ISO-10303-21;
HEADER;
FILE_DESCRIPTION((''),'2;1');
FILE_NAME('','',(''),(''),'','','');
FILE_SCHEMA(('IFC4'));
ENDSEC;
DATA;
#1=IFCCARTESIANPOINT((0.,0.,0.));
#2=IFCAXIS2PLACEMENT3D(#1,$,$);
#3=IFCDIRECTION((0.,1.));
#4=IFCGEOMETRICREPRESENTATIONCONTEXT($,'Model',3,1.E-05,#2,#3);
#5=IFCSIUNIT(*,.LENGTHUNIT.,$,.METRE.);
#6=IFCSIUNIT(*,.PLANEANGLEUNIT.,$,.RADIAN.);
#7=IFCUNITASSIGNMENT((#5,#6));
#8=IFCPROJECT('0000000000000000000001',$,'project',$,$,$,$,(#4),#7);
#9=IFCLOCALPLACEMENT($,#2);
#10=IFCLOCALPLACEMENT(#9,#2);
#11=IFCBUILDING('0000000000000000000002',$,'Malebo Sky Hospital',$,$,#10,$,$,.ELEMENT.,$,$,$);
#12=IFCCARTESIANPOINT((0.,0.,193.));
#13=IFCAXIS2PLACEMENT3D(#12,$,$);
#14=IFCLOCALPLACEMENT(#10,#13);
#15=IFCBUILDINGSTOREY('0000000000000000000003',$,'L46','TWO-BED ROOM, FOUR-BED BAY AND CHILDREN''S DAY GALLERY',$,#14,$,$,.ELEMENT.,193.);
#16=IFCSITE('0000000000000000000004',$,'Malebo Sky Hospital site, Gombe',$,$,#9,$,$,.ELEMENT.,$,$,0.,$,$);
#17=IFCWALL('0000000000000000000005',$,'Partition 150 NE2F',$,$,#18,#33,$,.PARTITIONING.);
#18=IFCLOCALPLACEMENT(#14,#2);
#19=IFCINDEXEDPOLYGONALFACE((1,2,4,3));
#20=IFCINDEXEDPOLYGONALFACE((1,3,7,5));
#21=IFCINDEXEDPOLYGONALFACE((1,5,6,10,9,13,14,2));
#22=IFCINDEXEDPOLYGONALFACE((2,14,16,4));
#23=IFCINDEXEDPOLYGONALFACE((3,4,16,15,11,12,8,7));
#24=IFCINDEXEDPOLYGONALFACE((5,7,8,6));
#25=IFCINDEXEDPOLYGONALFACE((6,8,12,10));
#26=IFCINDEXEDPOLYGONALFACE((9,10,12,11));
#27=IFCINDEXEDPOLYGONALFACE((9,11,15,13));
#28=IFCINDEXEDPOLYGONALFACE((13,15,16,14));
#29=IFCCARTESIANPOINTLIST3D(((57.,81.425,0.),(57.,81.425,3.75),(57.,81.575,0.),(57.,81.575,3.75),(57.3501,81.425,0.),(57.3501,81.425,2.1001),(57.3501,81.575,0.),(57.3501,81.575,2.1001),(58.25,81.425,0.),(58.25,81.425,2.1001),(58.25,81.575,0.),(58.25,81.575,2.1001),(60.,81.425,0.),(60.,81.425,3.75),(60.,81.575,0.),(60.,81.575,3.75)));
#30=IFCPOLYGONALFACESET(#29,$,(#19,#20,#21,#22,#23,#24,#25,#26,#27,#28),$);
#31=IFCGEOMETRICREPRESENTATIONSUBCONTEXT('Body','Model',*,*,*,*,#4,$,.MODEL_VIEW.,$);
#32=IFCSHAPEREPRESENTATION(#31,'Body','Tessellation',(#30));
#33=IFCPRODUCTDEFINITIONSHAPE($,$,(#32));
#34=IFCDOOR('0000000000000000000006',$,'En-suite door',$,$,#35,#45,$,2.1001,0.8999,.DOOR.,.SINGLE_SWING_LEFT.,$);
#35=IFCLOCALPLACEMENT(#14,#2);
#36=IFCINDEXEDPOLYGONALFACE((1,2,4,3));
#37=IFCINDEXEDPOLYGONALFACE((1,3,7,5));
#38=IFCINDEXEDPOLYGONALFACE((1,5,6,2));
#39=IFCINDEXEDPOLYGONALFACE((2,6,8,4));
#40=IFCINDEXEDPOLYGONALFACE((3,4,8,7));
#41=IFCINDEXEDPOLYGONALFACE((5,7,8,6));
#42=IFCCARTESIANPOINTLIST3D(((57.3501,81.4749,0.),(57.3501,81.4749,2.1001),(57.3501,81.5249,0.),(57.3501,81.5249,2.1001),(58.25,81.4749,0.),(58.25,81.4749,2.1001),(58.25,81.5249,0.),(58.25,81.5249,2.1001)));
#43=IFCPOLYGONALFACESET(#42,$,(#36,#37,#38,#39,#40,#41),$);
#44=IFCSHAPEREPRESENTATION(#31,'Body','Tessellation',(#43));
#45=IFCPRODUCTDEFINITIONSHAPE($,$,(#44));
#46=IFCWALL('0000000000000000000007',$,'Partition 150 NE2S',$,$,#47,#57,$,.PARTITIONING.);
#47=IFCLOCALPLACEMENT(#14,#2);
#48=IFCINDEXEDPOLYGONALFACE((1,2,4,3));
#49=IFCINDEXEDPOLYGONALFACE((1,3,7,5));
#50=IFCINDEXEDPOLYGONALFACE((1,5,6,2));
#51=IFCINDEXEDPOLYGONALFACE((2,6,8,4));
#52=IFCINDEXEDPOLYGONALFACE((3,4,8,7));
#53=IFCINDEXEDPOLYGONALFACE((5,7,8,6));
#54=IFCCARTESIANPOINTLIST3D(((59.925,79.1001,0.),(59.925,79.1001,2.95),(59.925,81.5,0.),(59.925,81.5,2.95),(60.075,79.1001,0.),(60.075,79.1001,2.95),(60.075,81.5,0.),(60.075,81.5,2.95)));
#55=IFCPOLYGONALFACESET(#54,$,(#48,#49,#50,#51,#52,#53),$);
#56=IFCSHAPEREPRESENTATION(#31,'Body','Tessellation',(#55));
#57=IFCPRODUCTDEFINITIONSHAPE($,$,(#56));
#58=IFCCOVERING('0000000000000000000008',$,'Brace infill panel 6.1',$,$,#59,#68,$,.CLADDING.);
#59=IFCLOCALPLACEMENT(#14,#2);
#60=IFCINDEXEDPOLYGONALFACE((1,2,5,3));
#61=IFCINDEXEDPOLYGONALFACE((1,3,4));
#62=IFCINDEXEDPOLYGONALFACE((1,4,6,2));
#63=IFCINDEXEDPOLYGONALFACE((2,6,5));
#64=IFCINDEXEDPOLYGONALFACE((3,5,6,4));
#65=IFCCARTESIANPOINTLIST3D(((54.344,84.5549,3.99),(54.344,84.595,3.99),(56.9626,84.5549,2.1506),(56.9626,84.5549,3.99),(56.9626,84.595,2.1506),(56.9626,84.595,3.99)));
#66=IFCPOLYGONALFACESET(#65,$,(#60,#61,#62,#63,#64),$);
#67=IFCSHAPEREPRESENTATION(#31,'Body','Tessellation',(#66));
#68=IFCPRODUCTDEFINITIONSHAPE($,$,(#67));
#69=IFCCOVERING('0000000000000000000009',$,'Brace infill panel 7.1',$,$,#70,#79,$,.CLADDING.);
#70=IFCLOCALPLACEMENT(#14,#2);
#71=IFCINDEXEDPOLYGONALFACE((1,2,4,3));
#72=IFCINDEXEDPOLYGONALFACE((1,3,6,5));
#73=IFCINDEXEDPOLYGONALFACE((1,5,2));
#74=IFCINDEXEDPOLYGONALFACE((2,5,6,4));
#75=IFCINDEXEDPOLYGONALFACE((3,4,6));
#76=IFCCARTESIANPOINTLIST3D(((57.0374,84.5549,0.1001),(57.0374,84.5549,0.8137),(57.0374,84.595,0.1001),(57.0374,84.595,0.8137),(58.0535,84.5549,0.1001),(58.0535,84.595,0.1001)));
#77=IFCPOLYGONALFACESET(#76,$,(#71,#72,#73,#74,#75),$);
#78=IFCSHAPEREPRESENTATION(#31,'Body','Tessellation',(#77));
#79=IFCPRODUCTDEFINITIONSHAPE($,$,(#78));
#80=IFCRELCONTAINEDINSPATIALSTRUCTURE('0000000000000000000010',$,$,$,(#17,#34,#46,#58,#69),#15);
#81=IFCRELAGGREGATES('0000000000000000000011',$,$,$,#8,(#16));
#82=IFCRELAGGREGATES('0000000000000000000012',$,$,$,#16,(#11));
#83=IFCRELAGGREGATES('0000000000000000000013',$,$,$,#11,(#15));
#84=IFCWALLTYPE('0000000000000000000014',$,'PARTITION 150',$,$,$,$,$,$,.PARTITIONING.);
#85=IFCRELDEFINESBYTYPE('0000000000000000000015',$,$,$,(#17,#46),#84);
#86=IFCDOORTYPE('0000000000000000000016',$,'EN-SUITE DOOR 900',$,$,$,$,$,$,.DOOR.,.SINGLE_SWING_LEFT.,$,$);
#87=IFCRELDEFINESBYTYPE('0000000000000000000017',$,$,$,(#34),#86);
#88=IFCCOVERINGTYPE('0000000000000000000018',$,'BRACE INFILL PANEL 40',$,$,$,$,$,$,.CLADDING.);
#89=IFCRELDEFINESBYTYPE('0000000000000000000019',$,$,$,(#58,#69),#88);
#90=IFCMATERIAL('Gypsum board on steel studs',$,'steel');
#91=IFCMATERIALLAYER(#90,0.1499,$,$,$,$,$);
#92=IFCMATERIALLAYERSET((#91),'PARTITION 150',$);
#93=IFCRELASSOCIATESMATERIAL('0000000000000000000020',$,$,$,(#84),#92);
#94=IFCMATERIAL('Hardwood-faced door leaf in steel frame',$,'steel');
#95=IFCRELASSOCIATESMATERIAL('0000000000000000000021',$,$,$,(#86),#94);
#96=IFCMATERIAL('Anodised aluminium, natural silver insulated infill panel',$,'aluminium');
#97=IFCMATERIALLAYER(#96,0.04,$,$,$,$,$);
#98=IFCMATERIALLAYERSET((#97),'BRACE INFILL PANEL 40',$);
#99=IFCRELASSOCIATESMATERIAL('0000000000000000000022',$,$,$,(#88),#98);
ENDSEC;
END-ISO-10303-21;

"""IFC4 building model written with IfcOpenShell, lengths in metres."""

from ifc_helpers import new_model, si_unit, direction, frame, frame_2d, origin, place, context, subcontext, project, spatial, polyline, rectangle, outline, extrude, material, layer, layer_set, type_object, element, fill, save


model = new_model("IFC4")

# Units and contexts
model_context = context("Model", 3, precision=1e-05, world=origin(), true_north=direction((0.0, 1.0)))
body_context = subcontext(model_context, "Body", "Model", "MODEL_VIEW")
ifc_project = project(units=[si_unit("LENGTHUNIT", "METRE"), si_unit("PLANEANGLEUNIT", "RADIAN")], contexts=[model_context])

# Site, building, storey
site_placement = place(None, origin())
site = spatial("IfcSite", under=ifc_project, at=site_placement, Name="Malebo Sky Hospital site, Gombe", CompositionType="ELEMENT", RefElevation=0.0)
building_placement = place(site_placement, origin())
building = spatial("IfcBuilding", under=site, at=building_placement, Name="Malebo Sky Hospital", CompositionType="ELEMENT")
storey_placement = place(building_placement, frame((0.0, 0.0, 193.0)))
storey = spatial("IfcBuildingStorey", under=building, at=storey_placement, Name="L46", Description="TWO-BED ROOM, FOUR-BED BAY AND CHILDREN'S DAY GALLERY", CompositionType="ELEMENT", Elevation=193.0)

# Shared definitions
ifc_material_1 = material(Name="Gypsum board on steel studs", Category="steel")
ifc_layer_1 = layer(ifc_material_1, 0.1499)
ifc_layer_set_1 = layer_set([ifc_layer_1], Name="PARTITION 150")
wall_type = type_object("IfcWallType", Name="PARTITION 150", PredefinedType="PARTITIONING", material=ifc_layer_set_1)

# Wall, opening, door
wall_1_placement = place(storey_placement, frame((57.0, 81.5, 0.0), z_axis=(0.0, 0.0, 1.0), x_axis=(1.0, 0.0, 0.0)))
wall_1 = element("IfcWall", 1, at=wall_1_placement, inside=storey, type_object=wall_type, Name="Partition 150 NE2F", PredefinedType="PARTITIONING", context=body_context, shape_type="SweptSolid", body=[
    extrude(rectangle(XDim=3.0, YDim=0.1499, at=frame_2d((1.5, 0.0))), origin(), (0.0, 0.0, 1.0), 3.75),
])
opening_placement = place(wall_1_placement, frame((0.3501, 0.0, 0.0)))
opening = element("IfcOpeningElement", 2, at=opening_placement, cuts=wall_1, PredefinedType="OPENING", context=body_context, shape_type="SweptSolid", body=[
    extrude(rectangle(XDim=0.8999, YDim=2.1001, at=frame_2d((0.45, 1.05))), frame((0.0, 0.085, 0.0), z_axis=(0.0, -1.0, 0.0), x_axis=(1.0, 0.0, 0.0)), (0.0, 0.0, 1.0), 0.1699),
])
ifc_material_2 = material(Name="Hardwood-faced door leaf in steel frame", Category="steel")
door_type = type_object("IfcDoorType", Name="EN-SUITE DOOR 900", OperationType="SINGLE_SWING_LEFT", PredefinedType="DOOR", material=ifc_material_2)
door_placement = place(opening_placement, origin())
door = element("IfcDoor", 3, at=door_placement, inside=storey, type_object=door_type, Name="En-suite door", OperationType="SINGLE_SWING_LEFT", OverallHeight=2.1001, OverallWidth=0.8999, PredefinedType="DOOR", context=body_context, shape_type="SweptSolid", body=[
    extrude(rectangle(XDim=0.8999, YDim=2.1001, at=frame_2d((0.45, 1.05))), frame((0.0, 0.0249, 0.0), z_axis=(0.0, -1.0, 0.0), x_axis=(1.0, 0.0, 0.0)), (0.0, 0.0, 1.0), 0.05),
])
fill(opening, door)

# Wall
wall_2_placement = place(storey_placement, frame((60.0, 79.1001, 0.0), z_axis=(0.0, 0.0, 1.0), x_axis=(0.0, 1.0, 0.0)))
element("IfcWall", 4, at=wall_2_placement, inside=storey, type_object=wall_type, Name="Partition 150 NE2S", PredefinedType="PARTITIONING", context=body_context, shape_type="SweptSolid", body=[
    extrude(rectangle(XDim=2.3999, YDim=0.1499, at=frame_2d((1.2, 0.0))), origin(), (0.0, 0.0, 1.0), 2.95),
])

# Coverings
ifc_material_3 = material(Name="Anodised aluminium, natural silver insulated infill panel", Category="aluminium")
ifc_layer_2 = layer(ifc_material_3, 0.04)
ifc_layer_set_2 = layer_set([ifc_layer_2], Name="BRACE INFILL PANEL 40")
covering_type = type_object("IfcCoveringType", Name="BRACE INFILL PANEL 40", PredefinedType="CLADDING", material=ifc_layer_set_2)
covering_1_placement = place(storey_placement, frame((55.6533, 84.575, 2.1506), z_axis=(0.0, 0.0, 1.0), x_axis=(1.0, 0.0, 0.0)))
element("IfcCovering", 5, at=covering_1_placement, inside=storey, type_object=covering_type, Name="Brace infill panel 6.1", PredefinedType="CLADDING", context=body_context, shape_type="SweptSolid", body=[
    extrude(outline(polyline([(1.3093, 0.0), (1.3093, 1.8394), (-1.3093, 1.8394), (1.3093, 0.0)])), frame((0.0, 0.02, 0.0), z_axis=(0.0, -1.0, 0.0), x_axis=(1.0, 0.0, 0.0)), (0.0, 0.0, 1.0), 0.04),
])
covering_2_placement = place(storey_placement, frame((57.5454, 84.575, 0.1001), z_axis=(0.0, 0.0, 1.0), x_axis=(1.0, 0.0, 0.0)))
element("IfcCovering", 6, at=covering_2_placement, inside=storey, type_object=covering_type, Name="Brace infill panel 7.1", PredefinedType="CLADDING", context=body_context, shape_type="SweptSolid", body=[
    extrude(outline(polyline([(-0.5081, 0.0), (0.5081, 0.0), (-0.5081, 0.7136), (-0.5081, 0.0)])), frame((0.0, 0.02, 0.0), z_axis=(0.0, -1.0, 0.0), x_axis=(1.0, 0.0, 0.0)), (0.0, 0.0, 1.0), 0.04),
])

save(model, "model.ifc")
